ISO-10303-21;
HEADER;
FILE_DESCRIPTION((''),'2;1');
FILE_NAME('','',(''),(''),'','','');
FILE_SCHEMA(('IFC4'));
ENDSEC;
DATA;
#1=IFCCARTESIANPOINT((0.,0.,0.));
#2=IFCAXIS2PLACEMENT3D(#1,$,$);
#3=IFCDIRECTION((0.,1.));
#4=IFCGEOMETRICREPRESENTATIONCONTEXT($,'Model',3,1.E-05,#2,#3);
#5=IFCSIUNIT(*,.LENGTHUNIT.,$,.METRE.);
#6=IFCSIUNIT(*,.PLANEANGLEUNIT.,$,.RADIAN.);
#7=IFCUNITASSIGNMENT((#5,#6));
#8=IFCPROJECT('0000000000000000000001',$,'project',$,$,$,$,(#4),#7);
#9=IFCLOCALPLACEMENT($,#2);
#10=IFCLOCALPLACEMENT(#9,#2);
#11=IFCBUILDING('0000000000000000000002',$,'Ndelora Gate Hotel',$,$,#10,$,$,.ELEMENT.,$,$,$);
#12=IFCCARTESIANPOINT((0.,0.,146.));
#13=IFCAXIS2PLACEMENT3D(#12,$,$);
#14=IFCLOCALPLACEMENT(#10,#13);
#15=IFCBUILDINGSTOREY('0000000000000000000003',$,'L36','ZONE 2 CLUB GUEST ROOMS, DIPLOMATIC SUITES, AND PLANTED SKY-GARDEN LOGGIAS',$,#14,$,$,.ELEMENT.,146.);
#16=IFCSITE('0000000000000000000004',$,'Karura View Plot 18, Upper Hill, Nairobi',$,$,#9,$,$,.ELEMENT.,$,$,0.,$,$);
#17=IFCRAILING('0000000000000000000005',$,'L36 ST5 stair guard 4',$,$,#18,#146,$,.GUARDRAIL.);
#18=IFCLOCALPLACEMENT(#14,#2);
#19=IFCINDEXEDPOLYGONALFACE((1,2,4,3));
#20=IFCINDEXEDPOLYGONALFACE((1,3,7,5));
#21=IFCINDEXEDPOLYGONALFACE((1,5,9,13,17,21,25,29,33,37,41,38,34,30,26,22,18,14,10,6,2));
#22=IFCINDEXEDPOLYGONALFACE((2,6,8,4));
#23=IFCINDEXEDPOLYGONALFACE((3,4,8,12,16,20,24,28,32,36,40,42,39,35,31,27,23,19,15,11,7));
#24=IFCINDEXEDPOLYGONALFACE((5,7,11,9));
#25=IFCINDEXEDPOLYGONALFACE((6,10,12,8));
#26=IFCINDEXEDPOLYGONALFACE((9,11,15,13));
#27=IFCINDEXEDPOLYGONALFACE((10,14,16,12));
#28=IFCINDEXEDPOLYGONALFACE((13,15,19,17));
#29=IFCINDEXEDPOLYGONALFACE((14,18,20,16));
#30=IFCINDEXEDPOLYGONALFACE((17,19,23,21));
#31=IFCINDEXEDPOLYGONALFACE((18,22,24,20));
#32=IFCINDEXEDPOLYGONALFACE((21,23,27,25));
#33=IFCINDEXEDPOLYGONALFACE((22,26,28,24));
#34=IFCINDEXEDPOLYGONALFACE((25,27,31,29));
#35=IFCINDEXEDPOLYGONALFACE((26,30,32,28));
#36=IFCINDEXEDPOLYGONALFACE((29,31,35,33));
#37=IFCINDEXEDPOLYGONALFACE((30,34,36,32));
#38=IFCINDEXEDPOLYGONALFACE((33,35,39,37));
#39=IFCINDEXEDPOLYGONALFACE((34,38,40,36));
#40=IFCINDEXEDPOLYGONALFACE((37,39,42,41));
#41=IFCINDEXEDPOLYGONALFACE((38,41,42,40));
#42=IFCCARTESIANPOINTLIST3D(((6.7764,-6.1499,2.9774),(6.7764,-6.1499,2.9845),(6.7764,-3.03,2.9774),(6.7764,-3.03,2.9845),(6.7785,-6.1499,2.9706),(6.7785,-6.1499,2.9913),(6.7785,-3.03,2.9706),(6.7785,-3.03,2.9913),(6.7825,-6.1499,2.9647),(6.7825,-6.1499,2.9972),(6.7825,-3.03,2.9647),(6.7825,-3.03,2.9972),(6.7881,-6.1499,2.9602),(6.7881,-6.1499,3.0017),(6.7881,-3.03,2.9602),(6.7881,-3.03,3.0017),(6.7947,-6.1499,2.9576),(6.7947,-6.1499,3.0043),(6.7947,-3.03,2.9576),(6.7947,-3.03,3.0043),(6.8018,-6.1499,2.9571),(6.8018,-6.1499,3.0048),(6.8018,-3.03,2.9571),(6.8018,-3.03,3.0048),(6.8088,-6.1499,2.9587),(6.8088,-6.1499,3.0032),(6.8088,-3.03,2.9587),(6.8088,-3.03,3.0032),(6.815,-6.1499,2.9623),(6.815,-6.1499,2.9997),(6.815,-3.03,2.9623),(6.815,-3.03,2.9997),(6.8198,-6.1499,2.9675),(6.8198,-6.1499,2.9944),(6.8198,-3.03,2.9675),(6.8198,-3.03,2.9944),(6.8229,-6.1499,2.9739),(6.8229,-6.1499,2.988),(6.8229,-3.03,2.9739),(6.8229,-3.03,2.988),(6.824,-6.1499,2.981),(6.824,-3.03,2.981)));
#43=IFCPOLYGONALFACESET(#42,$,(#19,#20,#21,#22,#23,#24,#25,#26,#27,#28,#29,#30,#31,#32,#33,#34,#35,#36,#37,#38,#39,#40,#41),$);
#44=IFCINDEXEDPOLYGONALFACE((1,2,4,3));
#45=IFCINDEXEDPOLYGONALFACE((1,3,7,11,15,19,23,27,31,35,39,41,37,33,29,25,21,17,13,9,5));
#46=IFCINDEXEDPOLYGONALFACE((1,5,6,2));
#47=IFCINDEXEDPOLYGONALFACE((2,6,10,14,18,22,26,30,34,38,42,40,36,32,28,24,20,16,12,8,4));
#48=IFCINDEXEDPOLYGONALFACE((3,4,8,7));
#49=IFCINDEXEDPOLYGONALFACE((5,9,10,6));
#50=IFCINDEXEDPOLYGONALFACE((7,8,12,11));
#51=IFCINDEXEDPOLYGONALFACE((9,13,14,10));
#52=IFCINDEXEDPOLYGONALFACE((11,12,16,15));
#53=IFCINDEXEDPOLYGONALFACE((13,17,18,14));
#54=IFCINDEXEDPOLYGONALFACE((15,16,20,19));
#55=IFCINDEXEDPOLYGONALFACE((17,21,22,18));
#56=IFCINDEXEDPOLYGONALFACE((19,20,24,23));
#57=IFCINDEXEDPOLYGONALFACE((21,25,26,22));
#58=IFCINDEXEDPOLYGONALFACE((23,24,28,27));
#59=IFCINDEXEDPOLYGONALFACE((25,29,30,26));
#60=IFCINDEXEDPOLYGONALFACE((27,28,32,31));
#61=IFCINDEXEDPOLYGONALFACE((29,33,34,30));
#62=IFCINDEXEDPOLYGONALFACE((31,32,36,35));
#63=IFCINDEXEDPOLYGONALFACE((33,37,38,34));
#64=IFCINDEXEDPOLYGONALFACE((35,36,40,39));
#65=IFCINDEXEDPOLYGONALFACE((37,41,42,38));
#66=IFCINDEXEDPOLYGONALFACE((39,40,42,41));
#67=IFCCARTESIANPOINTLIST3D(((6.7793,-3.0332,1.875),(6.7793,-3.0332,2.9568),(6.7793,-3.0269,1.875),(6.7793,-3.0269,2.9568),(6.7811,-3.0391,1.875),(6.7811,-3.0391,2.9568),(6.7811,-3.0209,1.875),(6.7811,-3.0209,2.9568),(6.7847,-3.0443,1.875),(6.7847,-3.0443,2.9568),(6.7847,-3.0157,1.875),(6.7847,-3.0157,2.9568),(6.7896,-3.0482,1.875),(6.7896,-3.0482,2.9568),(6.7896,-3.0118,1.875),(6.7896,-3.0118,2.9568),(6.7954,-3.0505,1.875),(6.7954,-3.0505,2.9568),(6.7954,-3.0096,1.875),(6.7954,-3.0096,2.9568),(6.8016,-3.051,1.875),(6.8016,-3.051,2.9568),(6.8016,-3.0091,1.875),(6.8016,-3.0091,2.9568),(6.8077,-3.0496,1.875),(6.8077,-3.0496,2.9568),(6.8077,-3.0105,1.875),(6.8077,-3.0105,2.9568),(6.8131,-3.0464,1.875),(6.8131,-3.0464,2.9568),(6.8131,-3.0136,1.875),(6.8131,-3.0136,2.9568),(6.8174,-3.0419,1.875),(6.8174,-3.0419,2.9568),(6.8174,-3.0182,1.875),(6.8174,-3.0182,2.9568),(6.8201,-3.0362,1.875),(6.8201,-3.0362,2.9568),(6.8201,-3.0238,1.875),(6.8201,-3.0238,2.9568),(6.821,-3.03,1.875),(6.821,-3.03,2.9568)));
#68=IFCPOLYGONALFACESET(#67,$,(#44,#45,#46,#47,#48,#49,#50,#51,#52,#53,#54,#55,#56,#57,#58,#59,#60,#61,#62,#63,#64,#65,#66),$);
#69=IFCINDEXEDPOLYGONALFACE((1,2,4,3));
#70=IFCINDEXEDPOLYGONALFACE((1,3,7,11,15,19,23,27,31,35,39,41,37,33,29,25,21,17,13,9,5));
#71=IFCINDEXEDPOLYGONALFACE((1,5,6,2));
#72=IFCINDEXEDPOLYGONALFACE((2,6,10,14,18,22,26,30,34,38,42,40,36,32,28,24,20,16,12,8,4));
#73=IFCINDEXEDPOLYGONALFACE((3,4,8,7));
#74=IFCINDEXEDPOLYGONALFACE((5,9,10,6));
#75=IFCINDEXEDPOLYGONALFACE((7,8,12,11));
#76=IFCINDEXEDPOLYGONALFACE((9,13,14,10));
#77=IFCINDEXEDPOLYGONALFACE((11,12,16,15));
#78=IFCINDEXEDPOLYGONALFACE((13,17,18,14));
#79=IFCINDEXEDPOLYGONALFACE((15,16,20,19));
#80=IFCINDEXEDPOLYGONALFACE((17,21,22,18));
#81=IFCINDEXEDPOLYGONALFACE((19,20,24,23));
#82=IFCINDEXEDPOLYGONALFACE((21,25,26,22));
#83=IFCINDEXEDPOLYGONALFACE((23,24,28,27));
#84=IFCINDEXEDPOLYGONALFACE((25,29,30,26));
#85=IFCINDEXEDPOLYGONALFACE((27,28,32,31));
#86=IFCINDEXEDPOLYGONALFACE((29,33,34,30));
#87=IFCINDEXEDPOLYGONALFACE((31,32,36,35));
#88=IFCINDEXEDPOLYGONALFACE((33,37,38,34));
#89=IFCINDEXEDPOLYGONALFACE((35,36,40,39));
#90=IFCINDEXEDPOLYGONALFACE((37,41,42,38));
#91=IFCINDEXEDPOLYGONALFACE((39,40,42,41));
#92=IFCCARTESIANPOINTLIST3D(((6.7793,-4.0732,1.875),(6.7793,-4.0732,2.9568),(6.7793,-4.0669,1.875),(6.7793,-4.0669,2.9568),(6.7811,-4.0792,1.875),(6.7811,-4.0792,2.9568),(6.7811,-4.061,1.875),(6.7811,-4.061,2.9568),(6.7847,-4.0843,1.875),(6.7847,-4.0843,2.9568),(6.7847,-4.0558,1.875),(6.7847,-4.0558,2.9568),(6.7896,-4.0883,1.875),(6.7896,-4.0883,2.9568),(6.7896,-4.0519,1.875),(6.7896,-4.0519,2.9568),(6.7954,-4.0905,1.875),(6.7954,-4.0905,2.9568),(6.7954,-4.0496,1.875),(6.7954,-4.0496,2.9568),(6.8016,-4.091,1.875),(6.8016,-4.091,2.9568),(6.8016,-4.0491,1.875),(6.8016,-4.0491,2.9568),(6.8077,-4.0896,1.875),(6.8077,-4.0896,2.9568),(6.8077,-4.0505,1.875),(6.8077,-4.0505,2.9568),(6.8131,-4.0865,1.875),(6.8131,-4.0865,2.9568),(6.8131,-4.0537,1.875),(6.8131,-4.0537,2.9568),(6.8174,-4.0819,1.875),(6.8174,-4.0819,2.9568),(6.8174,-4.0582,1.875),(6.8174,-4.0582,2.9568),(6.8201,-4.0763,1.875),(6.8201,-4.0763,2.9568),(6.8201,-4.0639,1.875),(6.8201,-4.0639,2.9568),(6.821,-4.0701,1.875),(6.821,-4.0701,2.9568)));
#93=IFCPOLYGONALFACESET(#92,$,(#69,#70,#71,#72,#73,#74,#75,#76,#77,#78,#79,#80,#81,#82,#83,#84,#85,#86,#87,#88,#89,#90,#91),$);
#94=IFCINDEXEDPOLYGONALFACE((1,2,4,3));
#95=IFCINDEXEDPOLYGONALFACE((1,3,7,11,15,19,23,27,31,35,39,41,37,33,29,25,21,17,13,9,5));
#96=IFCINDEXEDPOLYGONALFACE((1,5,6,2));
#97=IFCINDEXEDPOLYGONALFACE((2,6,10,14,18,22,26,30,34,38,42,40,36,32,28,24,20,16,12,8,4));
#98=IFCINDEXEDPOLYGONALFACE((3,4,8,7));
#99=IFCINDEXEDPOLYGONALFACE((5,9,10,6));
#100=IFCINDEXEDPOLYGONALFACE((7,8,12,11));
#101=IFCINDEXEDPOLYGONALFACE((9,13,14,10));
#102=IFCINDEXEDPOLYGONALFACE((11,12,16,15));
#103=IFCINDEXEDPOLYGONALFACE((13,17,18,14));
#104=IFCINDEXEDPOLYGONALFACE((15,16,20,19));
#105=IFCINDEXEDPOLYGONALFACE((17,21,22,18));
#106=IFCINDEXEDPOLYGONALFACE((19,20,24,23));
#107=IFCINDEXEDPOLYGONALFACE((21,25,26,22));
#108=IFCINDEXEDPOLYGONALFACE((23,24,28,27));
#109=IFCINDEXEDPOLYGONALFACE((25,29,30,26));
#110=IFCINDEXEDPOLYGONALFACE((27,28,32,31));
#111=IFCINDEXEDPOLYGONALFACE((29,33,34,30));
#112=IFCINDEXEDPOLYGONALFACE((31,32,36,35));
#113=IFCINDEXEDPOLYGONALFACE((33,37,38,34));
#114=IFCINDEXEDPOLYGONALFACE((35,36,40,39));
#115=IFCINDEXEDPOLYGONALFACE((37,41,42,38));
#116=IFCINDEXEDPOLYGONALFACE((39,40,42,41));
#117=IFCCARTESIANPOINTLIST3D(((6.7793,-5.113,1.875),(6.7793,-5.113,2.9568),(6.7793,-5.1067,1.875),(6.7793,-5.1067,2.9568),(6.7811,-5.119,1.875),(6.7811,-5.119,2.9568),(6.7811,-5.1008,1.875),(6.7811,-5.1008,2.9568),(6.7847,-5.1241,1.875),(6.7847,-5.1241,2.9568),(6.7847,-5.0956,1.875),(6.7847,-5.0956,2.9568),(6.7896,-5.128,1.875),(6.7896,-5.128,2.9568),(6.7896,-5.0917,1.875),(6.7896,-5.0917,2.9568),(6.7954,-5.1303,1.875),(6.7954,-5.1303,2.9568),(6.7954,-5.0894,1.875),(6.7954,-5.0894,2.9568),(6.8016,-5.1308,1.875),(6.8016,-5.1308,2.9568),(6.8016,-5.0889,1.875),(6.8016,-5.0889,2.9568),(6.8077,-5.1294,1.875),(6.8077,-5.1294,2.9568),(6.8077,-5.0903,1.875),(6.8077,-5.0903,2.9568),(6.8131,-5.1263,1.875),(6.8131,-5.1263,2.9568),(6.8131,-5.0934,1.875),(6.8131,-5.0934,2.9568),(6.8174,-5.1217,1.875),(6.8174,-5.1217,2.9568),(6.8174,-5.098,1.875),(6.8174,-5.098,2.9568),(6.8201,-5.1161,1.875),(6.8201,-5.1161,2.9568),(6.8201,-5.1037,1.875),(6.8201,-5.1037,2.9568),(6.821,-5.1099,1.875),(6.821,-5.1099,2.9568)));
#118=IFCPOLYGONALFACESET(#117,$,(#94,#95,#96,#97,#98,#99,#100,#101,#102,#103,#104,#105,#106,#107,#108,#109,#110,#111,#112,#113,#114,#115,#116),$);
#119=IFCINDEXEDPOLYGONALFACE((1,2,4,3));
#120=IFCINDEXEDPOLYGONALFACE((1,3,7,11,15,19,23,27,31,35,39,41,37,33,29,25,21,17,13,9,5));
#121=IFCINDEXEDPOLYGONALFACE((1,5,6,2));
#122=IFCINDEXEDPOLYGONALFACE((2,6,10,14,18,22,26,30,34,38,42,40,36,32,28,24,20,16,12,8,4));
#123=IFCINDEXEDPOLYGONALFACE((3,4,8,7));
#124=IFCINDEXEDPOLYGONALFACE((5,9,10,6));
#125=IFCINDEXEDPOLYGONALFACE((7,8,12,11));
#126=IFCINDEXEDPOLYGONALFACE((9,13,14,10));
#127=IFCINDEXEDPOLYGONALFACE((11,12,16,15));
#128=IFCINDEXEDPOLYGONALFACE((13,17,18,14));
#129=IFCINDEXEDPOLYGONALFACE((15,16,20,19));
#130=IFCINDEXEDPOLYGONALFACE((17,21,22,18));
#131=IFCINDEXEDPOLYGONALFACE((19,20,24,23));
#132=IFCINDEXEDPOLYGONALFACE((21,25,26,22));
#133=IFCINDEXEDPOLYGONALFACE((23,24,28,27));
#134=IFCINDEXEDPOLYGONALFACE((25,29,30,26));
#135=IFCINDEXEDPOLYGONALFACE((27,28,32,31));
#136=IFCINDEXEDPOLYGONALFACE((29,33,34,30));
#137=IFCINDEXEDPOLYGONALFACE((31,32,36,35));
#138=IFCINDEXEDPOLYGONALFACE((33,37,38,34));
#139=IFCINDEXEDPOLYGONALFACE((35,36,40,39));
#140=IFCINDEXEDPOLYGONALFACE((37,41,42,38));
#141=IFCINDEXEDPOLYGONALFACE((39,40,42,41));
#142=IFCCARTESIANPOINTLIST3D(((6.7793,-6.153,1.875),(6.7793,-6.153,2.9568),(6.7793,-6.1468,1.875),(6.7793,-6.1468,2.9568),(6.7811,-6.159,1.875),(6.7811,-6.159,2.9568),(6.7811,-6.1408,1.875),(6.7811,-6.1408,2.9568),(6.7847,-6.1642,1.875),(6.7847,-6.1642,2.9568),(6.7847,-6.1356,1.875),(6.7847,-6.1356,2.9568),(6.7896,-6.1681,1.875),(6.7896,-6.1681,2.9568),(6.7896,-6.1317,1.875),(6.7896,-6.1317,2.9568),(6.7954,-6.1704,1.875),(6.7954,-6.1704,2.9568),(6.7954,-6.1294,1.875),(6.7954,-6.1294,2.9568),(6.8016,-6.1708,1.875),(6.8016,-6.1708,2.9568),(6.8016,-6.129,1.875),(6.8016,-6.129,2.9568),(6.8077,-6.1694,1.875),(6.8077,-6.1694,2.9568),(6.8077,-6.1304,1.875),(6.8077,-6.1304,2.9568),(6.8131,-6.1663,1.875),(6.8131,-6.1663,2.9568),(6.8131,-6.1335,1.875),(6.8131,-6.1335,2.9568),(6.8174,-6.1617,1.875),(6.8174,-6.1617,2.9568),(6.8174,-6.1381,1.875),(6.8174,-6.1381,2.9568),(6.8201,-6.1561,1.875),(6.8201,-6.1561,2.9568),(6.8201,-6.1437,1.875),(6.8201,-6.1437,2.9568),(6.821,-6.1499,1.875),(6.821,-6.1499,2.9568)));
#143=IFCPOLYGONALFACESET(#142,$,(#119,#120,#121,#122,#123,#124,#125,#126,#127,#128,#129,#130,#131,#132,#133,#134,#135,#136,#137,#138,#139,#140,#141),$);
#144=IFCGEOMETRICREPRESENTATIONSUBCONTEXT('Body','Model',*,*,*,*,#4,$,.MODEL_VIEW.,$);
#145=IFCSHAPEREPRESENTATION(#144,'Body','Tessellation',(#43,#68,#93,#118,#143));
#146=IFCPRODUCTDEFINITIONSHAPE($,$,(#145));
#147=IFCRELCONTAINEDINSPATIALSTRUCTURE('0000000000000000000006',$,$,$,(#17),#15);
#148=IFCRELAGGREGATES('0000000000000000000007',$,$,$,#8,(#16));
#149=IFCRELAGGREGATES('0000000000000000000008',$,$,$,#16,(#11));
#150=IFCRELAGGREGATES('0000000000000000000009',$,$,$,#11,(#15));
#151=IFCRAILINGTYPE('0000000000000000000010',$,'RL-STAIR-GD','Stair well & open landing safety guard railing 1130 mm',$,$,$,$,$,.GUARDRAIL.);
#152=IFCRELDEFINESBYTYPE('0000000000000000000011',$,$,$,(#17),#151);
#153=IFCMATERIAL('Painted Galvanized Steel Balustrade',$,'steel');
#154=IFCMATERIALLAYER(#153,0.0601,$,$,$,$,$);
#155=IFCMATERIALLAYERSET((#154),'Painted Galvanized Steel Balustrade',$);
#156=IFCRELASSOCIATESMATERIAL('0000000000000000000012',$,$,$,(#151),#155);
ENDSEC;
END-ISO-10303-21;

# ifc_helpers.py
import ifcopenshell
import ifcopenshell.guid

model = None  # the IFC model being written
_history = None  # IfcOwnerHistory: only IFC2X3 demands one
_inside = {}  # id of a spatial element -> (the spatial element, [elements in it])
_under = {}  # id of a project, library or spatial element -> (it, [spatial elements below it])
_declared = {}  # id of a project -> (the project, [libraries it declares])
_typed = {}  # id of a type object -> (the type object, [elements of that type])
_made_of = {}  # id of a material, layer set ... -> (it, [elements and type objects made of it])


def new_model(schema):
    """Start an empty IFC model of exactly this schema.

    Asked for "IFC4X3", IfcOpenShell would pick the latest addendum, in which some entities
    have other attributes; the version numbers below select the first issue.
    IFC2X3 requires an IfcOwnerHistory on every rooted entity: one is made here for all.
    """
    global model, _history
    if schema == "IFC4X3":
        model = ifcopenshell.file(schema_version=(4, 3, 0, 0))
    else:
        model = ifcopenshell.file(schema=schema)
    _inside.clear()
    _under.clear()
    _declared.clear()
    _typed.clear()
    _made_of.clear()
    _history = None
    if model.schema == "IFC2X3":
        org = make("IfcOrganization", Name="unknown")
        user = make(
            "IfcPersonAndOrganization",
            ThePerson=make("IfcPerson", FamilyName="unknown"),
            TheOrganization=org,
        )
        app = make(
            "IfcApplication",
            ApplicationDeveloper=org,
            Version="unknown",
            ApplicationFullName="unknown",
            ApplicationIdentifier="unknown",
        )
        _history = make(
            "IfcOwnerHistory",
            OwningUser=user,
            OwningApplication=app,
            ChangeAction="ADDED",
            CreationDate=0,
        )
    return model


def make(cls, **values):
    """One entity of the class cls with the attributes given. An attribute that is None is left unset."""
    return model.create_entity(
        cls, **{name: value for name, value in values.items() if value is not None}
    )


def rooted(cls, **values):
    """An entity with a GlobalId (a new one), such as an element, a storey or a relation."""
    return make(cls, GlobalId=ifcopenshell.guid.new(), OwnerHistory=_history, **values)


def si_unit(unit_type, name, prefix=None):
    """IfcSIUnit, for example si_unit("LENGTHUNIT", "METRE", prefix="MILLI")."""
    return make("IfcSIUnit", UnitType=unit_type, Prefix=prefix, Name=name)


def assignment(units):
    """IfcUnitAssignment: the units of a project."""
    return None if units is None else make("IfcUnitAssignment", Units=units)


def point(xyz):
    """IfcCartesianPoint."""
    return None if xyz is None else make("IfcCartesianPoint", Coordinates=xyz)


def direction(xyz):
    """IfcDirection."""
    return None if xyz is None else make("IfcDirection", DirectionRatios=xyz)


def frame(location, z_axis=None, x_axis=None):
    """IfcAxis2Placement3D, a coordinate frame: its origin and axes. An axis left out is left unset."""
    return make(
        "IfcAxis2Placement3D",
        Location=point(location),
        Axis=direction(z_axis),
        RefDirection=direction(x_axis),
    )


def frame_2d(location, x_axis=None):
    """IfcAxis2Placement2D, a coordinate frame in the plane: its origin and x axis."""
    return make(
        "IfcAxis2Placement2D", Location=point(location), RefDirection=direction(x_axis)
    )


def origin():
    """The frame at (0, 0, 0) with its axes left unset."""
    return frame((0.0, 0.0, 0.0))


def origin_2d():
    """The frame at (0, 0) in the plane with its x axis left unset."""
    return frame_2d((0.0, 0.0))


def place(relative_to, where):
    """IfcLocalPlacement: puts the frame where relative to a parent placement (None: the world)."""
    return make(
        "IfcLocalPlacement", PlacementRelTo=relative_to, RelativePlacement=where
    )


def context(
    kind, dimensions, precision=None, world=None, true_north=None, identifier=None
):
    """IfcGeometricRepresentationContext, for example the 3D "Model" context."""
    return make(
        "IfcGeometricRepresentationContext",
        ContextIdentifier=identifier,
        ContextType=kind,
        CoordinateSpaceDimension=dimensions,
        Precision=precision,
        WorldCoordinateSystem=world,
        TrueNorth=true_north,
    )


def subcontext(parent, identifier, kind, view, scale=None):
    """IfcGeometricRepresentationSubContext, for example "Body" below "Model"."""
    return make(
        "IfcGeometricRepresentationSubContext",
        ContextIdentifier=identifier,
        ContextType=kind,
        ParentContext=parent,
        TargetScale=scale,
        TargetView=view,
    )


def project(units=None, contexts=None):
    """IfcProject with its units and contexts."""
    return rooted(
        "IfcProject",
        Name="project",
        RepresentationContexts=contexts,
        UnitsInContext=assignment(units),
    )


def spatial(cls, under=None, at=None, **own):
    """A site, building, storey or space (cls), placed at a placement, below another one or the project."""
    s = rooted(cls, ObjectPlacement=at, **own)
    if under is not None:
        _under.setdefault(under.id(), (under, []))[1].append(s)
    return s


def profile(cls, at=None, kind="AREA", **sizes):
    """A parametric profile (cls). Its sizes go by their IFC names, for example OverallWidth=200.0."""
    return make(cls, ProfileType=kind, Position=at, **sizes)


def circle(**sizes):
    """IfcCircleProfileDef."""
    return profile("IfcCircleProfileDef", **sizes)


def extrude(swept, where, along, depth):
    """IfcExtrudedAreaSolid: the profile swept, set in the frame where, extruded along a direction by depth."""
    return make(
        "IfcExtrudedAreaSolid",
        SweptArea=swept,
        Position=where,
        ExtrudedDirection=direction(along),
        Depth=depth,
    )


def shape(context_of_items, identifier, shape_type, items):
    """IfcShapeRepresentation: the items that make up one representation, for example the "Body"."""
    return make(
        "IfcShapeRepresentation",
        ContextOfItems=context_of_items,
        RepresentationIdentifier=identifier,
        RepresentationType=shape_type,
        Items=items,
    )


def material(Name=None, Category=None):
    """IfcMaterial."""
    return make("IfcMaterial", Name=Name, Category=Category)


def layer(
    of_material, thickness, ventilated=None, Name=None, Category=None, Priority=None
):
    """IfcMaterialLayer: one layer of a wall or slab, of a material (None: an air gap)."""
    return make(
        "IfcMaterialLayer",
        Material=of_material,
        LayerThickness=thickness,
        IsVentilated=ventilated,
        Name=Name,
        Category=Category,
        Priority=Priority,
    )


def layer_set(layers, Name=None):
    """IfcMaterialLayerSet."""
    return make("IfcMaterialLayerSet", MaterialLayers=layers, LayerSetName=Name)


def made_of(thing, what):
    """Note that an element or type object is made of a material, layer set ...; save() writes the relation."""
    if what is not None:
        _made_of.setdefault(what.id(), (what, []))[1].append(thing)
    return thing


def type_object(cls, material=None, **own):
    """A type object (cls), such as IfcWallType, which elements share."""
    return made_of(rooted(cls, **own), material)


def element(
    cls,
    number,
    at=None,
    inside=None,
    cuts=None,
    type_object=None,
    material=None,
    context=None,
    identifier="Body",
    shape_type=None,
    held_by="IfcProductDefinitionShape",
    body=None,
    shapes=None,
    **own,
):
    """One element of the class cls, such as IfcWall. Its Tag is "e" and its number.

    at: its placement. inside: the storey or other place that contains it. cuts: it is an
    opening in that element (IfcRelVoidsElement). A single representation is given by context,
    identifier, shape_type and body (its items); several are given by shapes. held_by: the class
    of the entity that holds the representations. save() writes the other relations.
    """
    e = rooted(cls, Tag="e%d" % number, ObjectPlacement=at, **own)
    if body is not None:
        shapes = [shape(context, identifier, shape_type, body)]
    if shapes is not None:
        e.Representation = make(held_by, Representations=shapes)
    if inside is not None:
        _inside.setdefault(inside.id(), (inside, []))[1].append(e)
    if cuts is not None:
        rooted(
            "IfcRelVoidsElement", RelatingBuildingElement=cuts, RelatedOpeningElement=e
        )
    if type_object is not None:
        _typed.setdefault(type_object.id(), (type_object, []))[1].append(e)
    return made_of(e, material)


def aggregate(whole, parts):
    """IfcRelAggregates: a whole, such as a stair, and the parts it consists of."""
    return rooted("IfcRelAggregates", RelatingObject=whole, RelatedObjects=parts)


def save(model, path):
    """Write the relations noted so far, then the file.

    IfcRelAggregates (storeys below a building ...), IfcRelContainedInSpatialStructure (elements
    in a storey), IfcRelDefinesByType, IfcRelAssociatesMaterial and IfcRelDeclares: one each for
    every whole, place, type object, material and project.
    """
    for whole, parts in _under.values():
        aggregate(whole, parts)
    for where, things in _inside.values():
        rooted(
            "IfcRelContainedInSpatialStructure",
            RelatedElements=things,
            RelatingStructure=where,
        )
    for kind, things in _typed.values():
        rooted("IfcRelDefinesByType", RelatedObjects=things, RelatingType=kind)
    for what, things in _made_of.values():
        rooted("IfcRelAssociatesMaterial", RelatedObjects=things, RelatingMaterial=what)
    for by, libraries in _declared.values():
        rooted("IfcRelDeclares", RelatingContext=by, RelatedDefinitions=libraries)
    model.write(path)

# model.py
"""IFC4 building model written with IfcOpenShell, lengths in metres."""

from ifc_helpers import new_model, si_unit, direction, frame, origin, origin_2d, place, context, subcontext, project, spatial, circle, extrude, material, layer, layer_set, type_object, element, save


model = new_model("IFC4")

# Units and contexts
model_context = context("Model", 3, precision=1e-05, world=origin(), true_north=direction((0.0, 1.0)))
body_context = subcontext(model_context, "Body", "Model", "MODEL_VIEW")
ifc_project = project(units=[si_unit("LENGTHUNIT", "METRE"), si_unit("PLANEANGLEUNIT", "RADIAN")], contexts=[model_context])

# Site, building, storey
site_placement = place(None, origin())
site = spatial("IfcSite", under=ifc_project, at=site_placement, Name="Karura View Plot 18, Upper Hill, Nairobi", CompositionType="ELEMENT", RefElevation=0.0)
building_placement = place(site_placement, origin())
building = spatial("IfcBuilding", under=site, at=building_placement, Name="Ndelora Gate Hotel", CompositionType="ELEMENT")
storey_placement = place(building_placement, frame((0.0, 0.0, 146.0)))
storey = spatial("IfcBuildingStorey", under=building, at=storey_placement, Name="L36", Description="ZONE 2 CLUB GUEST ROOMS, DIPLOMATIC SUITES, AND PLANTED SKY-GARDEN LOGGIAS", CompositionType="ELEMENT", Elevation=146.0)

# Railing
ifc_material_1 = material(Name="Painted Galvanized Steel Balustrade", Category="steel")
ifc_layer_1 = layer(ifc_material_1, 0.0601)
ifc_layer_set_1 = layer_set([ifc_layer_1], Name="Painted Galvanized Steel Balustrade")
railing_type_1 = type_object("IfcRailingType", Name="RL-STAIR-GD", Description="Stair well & open landing safety guard railing 1130 mm", PredefinedType="GUARDRAIL", material=ifc_layer_set_1)
for number, where, name in (
    (1, (6.8, -3.03, 1.875), "L36 ST5 stair guard 4"),
):
    element("IfcRailing", number, at=place(storey_placement, frame(where)), inside=storey, type_object=railing_type_1, Name=name, PredefinedType="GUARDRAIL", context=body_context, shape_type="SweptSolid", body=[
        extrude(circle(Radius=0.0239, at=origin_2d()), frame((0.0, 0.0, 1.106), z_axis=(0.0, -1.0, 0.0), x_axis=(1.0, 0.0, 0.0)), (0.0, 0.0, 1.0), 3.1199),
        extrude(circle(Radius=0.021, at=origin_2d()), origin(), (0.0, 0.0, 1.0), 1.0818),
        extrude(circle(Radius=0.021, at=origin_2d()), frame((0.0, -1.04, 0.0)), (0.0, 0.0, 1.0), 1.0818),
        extrude(circle(Radius=0.021, at=origin_2d()), frame((0.0, -2.0798, 0.0)), (0.0, 0.0, 1.0), 1.0818),
        extrude(circle(Radius=0.021, at=origin_2d()), frame((0.0, -3.1199, 0.0)), (0.0, 0.0, 1.0), 1.0818),
    ])

save(model, "model.ifc")
